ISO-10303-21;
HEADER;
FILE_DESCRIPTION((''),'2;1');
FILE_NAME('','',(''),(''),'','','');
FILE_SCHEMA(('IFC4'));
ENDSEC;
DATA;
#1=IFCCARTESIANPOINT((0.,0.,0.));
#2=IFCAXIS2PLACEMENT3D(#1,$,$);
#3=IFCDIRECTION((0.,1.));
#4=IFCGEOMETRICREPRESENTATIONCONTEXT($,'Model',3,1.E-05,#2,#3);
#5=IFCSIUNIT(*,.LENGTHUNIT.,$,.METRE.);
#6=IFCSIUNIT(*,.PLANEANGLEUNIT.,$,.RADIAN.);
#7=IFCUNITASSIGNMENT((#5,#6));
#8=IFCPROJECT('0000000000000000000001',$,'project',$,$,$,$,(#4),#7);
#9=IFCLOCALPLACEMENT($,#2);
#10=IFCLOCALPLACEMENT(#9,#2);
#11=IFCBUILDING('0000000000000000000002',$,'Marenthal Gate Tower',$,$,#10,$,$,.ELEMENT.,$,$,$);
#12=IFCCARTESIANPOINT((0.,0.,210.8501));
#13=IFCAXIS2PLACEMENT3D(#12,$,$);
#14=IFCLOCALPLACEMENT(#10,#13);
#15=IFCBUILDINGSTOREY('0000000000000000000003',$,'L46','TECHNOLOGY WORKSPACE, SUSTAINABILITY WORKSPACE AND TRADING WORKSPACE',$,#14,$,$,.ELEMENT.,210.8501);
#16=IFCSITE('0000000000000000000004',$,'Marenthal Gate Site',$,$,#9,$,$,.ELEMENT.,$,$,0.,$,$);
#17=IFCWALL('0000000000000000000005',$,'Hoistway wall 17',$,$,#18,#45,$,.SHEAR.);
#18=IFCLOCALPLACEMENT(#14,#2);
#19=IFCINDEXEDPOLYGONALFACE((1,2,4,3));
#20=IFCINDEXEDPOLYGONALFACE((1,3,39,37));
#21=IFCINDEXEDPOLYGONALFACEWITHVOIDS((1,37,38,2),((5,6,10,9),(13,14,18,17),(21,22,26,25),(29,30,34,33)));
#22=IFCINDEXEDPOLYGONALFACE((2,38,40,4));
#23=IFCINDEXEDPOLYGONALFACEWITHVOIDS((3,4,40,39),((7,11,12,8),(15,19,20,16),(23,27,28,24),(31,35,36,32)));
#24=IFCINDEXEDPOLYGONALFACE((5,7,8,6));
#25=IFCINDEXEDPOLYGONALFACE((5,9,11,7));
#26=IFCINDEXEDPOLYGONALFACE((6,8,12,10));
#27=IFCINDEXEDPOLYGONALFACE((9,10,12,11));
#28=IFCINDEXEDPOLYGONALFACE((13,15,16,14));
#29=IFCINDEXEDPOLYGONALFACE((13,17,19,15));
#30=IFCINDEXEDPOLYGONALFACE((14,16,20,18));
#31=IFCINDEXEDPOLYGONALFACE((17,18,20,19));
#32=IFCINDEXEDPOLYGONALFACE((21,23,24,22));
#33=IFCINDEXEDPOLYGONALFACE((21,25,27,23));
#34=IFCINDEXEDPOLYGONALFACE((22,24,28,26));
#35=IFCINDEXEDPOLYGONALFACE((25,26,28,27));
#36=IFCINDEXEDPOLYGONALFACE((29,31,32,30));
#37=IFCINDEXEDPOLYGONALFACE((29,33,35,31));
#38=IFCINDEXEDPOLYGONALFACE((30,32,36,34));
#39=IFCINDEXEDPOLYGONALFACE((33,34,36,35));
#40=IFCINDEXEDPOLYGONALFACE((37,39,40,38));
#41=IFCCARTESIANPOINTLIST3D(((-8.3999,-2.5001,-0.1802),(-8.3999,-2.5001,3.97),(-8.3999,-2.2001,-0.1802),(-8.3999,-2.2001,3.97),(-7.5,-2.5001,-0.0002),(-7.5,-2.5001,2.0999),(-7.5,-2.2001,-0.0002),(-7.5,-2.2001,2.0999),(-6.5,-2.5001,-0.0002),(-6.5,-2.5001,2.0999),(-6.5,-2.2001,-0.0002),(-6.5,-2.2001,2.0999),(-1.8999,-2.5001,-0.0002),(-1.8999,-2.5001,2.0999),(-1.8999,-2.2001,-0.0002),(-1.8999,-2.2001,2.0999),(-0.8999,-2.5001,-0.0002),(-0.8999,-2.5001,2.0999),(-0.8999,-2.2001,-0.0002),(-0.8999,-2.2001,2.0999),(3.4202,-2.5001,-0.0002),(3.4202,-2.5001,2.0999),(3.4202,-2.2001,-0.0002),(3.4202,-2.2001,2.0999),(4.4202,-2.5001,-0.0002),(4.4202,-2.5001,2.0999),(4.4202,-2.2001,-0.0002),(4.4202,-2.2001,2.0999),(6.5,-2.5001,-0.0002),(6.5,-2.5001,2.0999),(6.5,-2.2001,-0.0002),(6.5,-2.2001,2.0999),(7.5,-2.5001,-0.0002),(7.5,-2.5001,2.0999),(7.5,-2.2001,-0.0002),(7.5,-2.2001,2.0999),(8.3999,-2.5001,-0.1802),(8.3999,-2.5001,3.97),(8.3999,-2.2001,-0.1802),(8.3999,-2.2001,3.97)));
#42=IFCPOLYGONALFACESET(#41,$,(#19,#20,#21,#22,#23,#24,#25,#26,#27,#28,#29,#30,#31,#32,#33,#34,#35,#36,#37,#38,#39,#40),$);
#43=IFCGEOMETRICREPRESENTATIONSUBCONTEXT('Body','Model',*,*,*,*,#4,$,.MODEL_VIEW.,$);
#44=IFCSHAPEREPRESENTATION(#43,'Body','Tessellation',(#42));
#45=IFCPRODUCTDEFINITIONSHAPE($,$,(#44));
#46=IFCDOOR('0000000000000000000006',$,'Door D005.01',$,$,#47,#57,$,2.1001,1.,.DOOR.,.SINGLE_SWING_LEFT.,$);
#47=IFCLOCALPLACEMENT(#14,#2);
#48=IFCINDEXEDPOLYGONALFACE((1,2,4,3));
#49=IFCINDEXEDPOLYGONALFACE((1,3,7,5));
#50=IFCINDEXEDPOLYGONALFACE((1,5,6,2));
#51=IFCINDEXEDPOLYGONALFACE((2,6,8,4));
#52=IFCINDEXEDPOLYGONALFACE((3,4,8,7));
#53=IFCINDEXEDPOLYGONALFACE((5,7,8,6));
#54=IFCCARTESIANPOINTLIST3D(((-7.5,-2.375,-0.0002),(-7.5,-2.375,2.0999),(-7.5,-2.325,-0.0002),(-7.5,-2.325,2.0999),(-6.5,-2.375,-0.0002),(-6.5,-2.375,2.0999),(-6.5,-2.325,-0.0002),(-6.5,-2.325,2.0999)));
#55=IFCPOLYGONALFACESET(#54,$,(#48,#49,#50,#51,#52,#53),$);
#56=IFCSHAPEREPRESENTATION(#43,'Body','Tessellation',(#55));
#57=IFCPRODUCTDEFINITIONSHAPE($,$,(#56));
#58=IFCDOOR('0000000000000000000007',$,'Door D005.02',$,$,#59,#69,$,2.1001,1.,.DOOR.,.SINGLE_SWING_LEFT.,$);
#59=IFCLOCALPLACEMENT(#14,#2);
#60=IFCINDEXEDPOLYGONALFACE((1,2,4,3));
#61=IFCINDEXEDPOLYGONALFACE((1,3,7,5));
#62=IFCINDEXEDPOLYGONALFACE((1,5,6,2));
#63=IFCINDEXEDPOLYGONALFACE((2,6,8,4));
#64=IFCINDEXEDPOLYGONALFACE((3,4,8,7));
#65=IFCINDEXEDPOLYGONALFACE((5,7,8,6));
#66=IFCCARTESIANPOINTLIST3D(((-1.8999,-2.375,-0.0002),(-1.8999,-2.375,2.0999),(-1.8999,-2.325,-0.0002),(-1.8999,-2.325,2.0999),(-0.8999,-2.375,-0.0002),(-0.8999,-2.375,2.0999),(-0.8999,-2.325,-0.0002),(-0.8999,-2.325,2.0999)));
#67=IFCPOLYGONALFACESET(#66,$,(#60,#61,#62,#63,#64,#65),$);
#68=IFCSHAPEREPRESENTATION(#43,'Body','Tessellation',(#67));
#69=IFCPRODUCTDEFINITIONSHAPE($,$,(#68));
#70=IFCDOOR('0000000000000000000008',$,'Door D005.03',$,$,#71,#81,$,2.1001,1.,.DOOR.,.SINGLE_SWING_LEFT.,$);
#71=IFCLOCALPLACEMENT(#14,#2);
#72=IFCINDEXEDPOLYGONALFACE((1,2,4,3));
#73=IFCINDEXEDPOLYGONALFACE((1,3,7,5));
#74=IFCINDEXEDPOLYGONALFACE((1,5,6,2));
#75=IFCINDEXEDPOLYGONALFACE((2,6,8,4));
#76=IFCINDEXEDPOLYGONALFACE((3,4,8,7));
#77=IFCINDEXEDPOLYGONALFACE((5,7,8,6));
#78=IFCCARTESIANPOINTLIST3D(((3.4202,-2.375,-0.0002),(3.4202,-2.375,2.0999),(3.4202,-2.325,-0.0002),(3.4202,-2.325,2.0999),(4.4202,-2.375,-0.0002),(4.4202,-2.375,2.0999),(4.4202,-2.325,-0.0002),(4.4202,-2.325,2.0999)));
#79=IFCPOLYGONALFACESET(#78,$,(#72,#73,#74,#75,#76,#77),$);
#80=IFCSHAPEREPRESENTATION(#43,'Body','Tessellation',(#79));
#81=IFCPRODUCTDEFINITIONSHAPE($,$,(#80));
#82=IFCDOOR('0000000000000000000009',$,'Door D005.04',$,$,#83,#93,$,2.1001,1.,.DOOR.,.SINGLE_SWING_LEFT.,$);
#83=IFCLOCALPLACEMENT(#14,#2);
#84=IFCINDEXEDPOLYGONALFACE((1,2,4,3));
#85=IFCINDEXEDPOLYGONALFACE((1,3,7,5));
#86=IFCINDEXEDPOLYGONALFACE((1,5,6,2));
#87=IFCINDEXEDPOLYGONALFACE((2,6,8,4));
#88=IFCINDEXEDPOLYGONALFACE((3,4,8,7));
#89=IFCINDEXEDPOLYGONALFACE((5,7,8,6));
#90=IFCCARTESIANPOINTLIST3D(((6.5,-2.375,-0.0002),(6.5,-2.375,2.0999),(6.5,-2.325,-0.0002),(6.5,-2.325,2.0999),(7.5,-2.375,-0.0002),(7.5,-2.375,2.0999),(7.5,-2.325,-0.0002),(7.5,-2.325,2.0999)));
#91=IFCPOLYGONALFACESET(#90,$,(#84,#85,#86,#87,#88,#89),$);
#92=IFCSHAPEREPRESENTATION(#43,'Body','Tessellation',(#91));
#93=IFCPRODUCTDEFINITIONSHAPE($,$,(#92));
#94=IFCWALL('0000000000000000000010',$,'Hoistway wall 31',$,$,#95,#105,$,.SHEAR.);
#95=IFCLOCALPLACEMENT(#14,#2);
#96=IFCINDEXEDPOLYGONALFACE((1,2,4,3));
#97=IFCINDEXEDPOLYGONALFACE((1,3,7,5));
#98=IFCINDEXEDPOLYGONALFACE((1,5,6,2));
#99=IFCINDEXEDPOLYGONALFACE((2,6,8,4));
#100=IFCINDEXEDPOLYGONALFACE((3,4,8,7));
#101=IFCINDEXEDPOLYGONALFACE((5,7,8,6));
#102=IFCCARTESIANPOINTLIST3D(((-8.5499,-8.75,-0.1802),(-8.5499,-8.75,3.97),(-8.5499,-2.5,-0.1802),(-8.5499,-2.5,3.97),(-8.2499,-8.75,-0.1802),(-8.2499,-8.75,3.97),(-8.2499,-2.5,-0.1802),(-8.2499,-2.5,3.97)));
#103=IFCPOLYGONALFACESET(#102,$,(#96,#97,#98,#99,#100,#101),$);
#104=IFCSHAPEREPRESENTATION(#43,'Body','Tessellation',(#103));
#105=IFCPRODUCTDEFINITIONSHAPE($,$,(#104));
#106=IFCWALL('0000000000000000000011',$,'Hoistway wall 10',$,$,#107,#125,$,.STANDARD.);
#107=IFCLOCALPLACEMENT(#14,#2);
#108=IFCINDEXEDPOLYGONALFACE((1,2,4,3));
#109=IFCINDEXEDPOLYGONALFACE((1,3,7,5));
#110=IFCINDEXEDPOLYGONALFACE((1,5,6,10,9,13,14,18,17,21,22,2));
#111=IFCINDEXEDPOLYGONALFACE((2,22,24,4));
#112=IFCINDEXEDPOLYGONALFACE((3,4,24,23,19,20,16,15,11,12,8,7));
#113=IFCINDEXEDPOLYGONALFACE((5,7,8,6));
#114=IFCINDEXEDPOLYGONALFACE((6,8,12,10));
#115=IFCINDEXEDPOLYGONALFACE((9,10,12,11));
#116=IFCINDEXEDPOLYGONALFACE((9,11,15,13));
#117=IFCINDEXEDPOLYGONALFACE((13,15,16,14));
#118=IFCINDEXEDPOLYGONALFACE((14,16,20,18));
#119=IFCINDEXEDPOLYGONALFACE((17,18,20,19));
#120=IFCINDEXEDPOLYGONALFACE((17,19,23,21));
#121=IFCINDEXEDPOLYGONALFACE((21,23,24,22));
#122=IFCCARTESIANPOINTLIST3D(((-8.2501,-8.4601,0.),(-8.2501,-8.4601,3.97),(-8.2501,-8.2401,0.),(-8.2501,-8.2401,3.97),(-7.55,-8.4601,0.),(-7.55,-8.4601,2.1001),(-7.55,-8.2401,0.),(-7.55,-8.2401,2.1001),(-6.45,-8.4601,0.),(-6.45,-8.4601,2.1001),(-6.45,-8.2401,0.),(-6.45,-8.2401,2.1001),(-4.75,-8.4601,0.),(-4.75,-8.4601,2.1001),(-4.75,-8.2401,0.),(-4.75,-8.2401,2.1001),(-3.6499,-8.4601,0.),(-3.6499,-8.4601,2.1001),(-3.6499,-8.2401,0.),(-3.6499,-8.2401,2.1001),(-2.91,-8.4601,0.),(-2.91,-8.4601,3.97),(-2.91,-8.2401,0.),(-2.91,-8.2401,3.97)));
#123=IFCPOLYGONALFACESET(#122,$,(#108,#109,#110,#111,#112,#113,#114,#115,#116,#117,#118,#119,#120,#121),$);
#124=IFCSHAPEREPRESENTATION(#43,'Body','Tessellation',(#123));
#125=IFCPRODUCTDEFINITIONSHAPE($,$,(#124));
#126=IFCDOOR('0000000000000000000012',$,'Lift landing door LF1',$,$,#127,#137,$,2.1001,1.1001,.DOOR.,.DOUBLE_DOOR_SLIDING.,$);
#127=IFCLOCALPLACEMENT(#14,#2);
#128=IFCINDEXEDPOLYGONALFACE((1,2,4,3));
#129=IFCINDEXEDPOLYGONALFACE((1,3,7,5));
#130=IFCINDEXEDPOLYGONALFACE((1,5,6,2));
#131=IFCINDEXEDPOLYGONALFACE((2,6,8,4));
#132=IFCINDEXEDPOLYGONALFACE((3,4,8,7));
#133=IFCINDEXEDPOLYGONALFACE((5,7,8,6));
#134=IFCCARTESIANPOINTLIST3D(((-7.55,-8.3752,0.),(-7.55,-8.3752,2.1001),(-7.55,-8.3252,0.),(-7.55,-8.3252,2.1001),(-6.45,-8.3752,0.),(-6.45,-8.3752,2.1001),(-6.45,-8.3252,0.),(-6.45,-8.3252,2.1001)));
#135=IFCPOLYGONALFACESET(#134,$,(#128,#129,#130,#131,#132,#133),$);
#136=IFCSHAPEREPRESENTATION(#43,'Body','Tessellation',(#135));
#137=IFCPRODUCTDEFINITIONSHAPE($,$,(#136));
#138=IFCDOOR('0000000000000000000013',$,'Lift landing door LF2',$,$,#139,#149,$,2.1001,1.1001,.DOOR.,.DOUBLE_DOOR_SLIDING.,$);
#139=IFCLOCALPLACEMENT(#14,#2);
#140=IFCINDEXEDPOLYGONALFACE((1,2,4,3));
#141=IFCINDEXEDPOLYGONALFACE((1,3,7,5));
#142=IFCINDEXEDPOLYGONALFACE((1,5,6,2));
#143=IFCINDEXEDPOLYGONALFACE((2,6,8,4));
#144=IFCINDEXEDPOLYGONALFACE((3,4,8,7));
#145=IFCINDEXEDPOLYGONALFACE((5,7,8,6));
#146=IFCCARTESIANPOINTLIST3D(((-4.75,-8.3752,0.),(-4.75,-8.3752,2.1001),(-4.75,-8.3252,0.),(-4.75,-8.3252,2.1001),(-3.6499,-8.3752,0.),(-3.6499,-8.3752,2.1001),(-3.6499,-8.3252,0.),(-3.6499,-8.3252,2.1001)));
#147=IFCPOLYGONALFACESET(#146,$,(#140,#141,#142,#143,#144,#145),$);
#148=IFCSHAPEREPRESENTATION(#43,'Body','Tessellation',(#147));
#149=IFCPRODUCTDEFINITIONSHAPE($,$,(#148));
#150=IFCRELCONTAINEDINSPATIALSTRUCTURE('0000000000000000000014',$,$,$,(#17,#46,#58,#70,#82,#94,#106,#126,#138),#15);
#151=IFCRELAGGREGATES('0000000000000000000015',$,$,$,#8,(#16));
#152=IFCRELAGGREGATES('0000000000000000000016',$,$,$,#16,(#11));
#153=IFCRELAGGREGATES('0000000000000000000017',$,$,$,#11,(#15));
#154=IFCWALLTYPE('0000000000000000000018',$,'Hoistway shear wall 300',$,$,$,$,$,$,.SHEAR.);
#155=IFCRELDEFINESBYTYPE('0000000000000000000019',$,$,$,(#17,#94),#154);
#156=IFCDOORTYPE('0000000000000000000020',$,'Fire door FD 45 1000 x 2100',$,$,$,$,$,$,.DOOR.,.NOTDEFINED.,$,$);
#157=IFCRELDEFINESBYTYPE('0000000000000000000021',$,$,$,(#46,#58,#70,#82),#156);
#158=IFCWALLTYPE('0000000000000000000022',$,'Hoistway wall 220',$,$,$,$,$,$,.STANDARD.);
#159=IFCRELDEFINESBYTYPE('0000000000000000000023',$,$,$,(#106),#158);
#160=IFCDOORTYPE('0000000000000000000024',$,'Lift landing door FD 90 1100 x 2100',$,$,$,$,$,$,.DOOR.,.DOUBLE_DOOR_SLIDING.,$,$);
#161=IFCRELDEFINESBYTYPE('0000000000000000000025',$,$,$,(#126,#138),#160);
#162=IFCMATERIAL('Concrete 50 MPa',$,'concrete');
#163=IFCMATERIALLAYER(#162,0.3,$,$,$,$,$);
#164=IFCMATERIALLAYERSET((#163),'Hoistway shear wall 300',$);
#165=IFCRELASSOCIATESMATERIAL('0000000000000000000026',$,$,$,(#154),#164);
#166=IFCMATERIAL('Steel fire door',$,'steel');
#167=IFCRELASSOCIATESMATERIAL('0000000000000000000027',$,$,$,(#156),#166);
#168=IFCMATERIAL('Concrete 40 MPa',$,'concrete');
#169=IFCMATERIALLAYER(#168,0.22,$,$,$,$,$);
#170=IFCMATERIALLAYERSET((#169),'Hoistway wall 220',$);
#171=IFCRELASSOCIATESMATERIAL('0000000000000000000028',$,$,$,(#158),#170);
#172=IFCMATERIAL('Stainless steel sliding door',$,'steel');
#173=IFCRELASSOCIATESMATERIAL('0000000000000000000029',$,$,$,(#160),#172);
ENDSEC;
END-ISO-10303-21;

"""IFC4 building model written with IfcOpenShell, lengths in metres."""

from ifc_helpers import new_model, si_unit, direction, frame, frame_2d, origin, place, context, subcontext, project, spatial, rectangle, extrude, material, layer, layer_set, type_object, element, fill, save


model = new_model("IFC4")

# Units and contexts
model_context = context("Model", 3, precision=1e-05, world=origin(), true_north=direction((0.0, 1.0)))
body_context = subcontext(model_context, "Body", "Model", "MODEL_VIEW")
ifc_project = project(units=[si_unit("LENGTHUNIT", "METRE"), si_unit("PLANEANGLEUNIT", "RADIAN")], contexts=[model_context])

# Site, building, storey
site_placement = place(None, origin())
site = spatial("IfcSite", under=ifc_project, at=site_placement, Name="Marenthal Gate Site", CompositionType="ELEMENT", RefElevation=0.0)
building_placement = place(site_placement, origin())
building = spatial("IfcBuilding", under=site, at=building_placement, Name="Marenthal Gate Tower", CompositionType="ELEMENT")
storey_placement = place(building_placement, frame((0.0, 0.0, 210.8501)))
storey = spatial("IfcBuildingStorey", under=building, at=storey_placement, Name="L46", Description="TECHNOLOGY WORKSPACE, SUSTAINABILITY WORKSPACE AND TRADING WORKSPACE", CompositionType="ELEMENT", Elevation=210.8501)

# Wall, openings, doors
ifc_material_1 = material(Name="Concrete 50 MPa", Category="concrete")
ifc_layer_1 = layer(ifc_material_1, 0.3)
ifc_layer_set_1 = layer_set([ifc_layer_1], Name="Hoistway shear wall 300")
wall_type_1 = type_object("IfcWallType", Name="Hoistway shear wall 300", PredefinedType="SHEAR", material=ifc_layer_set_1)
wall_1_placement = place(storey_placement, frame((-8.3999, -2.3501, -0.1802), z_axis=(0.0, 0.0, 1.0), x_axis=(1.0, 0.0, 0.0)))
wall_1 = element("IfcWall", 1, at=wall_1_placement, inside=storey, type_object=wall_type_1, Name="Hoistway wall 17", PredefinedType="SHEAR", context=body_context, shape_type="SweptSolid", body=[
    extrude(rectangle(XDim=16.7998, YDim=0.3, at=frame_2d((8.3999, 0.0))), origin(), (0.0, 0.0, 1.0), 4.1501),
])
opening_1_placement = place(wall_1_placement, frame((0.8999, 0.0, 0.1799)))
opening_1 = element("IfcOpeningElement", 2, at=opening_1_placement, cuts=wall_1, PredefinedType="OPENING", context=body_context, shape_type="SweptSolid", body=[
    extrude(rectangle(XDim=1.0, YDim=2.1001, at=frame_2d((0.5, 1.05))), frame((0.0, 0.1602, 0.0), z_axis=(0.0, -1.0, 0.0), x_axis=(1.0, 0.0, 0.0)), (0.0, 0.0, 1.0), 0.3201),
])
opening_2_placement = place(wall_1_placement, frame((6.5, 0.0, 0.1799)))
opening_2 = element("IfcOpeningElement", 3, at=opening_2_placement, cuts=wall_1, PredefinedType="OPENING", context=body_context, shape_type="SweptSolid", body=[
    extrude(rectangle(XDim=1.0, YDim=2.1001, at=frame_2d((0.5, 1.05))), frame((0.0, 0.1602, 0.0), z_axis=(0.0, -1.0, 0.0), x_axis=(1.0, 0.0, 0.0)), (0.0, 0.0, 1.0), 0.3201),
])
opening_3_placement = place(wall_1_placement, frame((11.8201, 0.0, 0.1799)))
opening_3 = element("IfcOpeningElement", 4, at=opening_3_placement, cuts=wall_1, PredefinedType="OPENING", context=body_context, shape_type="SweptSolid", body=[
    extrude(rectangle(XDim=1.0, YDim=2.1001, at=frame_2d((0.5, 1.05))), frame((0.0, 0.1602, 0.0), z_axis=(0.0, -1.0, 0.0), x_axis=(1.0, 0.0, 0.0)), (0.0, 0.0, 1.0), 0.3201),
])
opening_4_placement = place(wall_1_placement, frame((14.8999, 0.0, 0.1799)))
opening_4 = element("IfcOpeningElement", 5, at=opening_4_placement, cuts=wall_1, PredefinedType="OPENING", context=body_context, shape_type="SweptSolid", body=[
    extrude(rectangle(XDim=1.0, YDim=2.1001, at=frame_2d((0.5, 1.05))), frame((0.0, 0.1602, 0.0), z_axis=(0.0, -1.0, 0.0), x_axis=(1.0, 0.0, 0.0)), (0.0, 0.0, 1.0), 0.3201),
])
ifc_material_2 = material(Name="Steel fire door", Category="steel")
door_type_1 = type_object("IfcDoorType", Name="Fire door FD 45 1000 x 2100", OperationType="NOTDEFINED", PredefinedType="DOOR", material=ifc_material_2)
door_1_placement = place(opening_1_placement, frame((1.0, 0.0, 0.0), z_axis=(0.0, 0.0, 1.0), x_axis=(-1.0, 0.0, 0.0)))
door_1 = element("IfcDoor", 6, at=door_1_placement, inside=storey, type_object=door_type_1, Name="Door D005.01", OperationType="SINGLE_SWING_LEFT", OverallHeight=2.1001, OverallWidth=1.0, PredefinedType="DOOR", context=body_context, shape_type="SweptSolid", body=[
    extrude(rectangle(XDim=1.0, YDim=2.1001, at=frame_2d((0.5, 1.05))), frame((0.0, 0.0249, 0.0), z_axis=(0.0, -1.0, 0.0), x_axis=(1.0, 0.0, 0.0)), (0.0, 0.0, 1.0), 0.05),
])
fill(opening_1, door_1)
door_2_placement = place(opening_2_placement, frame((1.0, 0.0, 0.0), z_axis=(0.0, 0.0, 1.0), x_axis=(-1.0, 0.0, 0.0)))
door_2 = element("IfcDoor", 7, at=door_2_placement, inside=storey, type_object=door_type_1, Name="Door D005.02", OperationType="SINGLE_SWING_LEFT", OverallHeight=2.1001, OverallWidth=1.0, PredefinedType="DOOR", context=body_context, shape_type="SweptSolid", body=[
    extrude(rectangle(XDim=1.0, YDim=2.1001, at=frame_2d((0.5, 1.05))), frame((0.0, 0.0249, 0.0), z_axis=(0.0, -1.0, 0.0), x_axis=(1.0, 0.0, 0.0)), (0.0, 0.0, 1.0), 0.05),
])
fill(opening_2, door_2)
door_3_placement = place(opening_3_placement, frame((1.0, 0.0, 0.0), z_axis=(0.0, 0.0, 1.0), x_axis=(-1.0, 0.0, 0.0)))
door_3 = element("IfcDoor", 8, at=door_3_placement, inside=storey, type_object=door_type_1, Name="Door D005.03", OperationType="SINGLE_SWING_LEFT", OverallHeight=2.1001, OverallWidth=1.0, PredefinedType="DOOR", context=body_context, shape_type="SweptSolid", body=[
    extrude(rectangle(XDim=1.0, YDim=2.1001, at=frame_2d((0.5, 1.05))), frame((0.0, 0.0249, 0.0), z_axis=(0.0, -1.0, 0.0), x_axis=(1.0, 0.0, 0.0)), (0.0, 0.0, 1.0), 0.05),
])
fill(opening_3, door_3)
door_4_placement = place(opening_4_placement, frame((1.0, 0.0, 0.0), z_axis=(0.0, 0.0, 1.0), x_axis=(-1.0, 0.0, 0.0)))
door_4 = element("IfcDoor", 9, at=door_4_placement, inside=storey, type_object=door_type_1, Name="Door D005.04", OperationType="SINGLE_SWING_LEFT", OverallHeight=2.1001, OverallWidth=1.0, PredefinedType="DOOR", context=body_context, shape_type="SweptSolid", body=[
    extrude(rectangle(XDim=1.0, YDim=2.1001, at=frame_2d((0.5, 1.05))), frame((0.0, 0.0249, 0.0), z_axis=(0.0, -1.0, 0.0), x_axis=(1.0, 0.0, 0.0)), (0.0, 0.0, 1.0), 0.05),
])
fill(opening_4, door_4)

# Wall
wall_2_placement = place(storey_placement, frame((-8.3999, -8.75, -0.1802), z_axis=(0.0, 0.0, 1.0), x_axis=(0.0, 1.0, 0.0)))
element("IfcWall", 10, at=wall_2_placement, inside=storey, type_object=wall_type_1, Name="Hoistway wall 31", PredefinedType="SHEAR", context=body_context, shape_type="SweptSolid", body=[
    extrude(rectangle(XDim=6.25, YDim=0.3, at=frame_2d((3.125, 0.0))), origin(), (0.0, 0.0, 1.0), 4.1501),
])

# Wall, openings, doors
ifc_material_3 = material(Name="Concrete 40 MPa", Category="concrete")
ifc_layer_2 = layer(ifc_material_3, 0.22)
ifc_layer_set_2 = layer_set([ifc_layer_2], Name="Hoistway wall 220")
wall_type_2 = type_object("IfcWallType", Name="Hoistway wall 220", PredefinedType="STANDARD", material=ifc_layer_set_2)
wall_3_placement = place(storey_placement, frame((-8.25, -8.3501, 0.0), z_axis=(0.0, 0.0, 1.0), x_axis=(1.0, 0.0, 0.0)))
wall_3 = element("IfcWall", 11, at=wall_3_placement, inside=storey, type_object=wall_type_2, Name="Hoistway wall 10", PredefinedType="STANDARD", context=body_context, shape_type="SweptSolid", body=[
    extrude(rectangle(XDim=5.3401, YDim=0.22, at=frame_2d((2.6699, 0.0))), origin(), (0.0, 0.0, 1.0), 3.97),
])
opening_5_placement = place(wall_3_placement, frame((0.7, 0.0, 0.0)))
opening_5 = element("IfcOpeningElement", 12, at=opening_5_placement, cuts=wall_3, PredefinedType="OPENING", context=body_context, shape_type="SweptSolid", body=[
    extrude(rectangle(XDim=1.1001, YDim=2.1001, at=frame_2d((0.55, 1.05))), frame((0.0, 0.1201, 0.0), z_axis=(0.0, -1.0, 0.0), x_axis=(1.0, 0.0, 0.0)), (0.0, 0.0, 1.0), 0.24),
])
opening_6_placement = place(wall_3_placement, frame((3.5, 0.0, 0.0)))
opening_6 = element("IfcOpeningElement", 13, at=opening_6_placement, cuts=wall_3, PredefinedType="OPENING", context=body_context, shape_type="SweptSolid", body=[
    extrude(rectangle(XDim=1.1001, YDim=2.1001, at=frame_2d((0.55, 1.05))), frame((0.0, 0.1201, 0.0), z_axis=(0.0, -1.0, 0.0), x_axis=(1.0, 0.0, 0.0)), (0.0, 0.0, 1.0), 0.24),
])
ifc_material_4 = material(Name="Stainless steel sliding door", Category="steel")
door_type_2 = type_object("IfcDoorType", Name="Lift landing door FD 90 1100 x 2100", OperationType="DOUBLE_DOOR_SLIDING", PredefinedType="DOOR", material=ifc_material_4)
door_5_placement = place(opening_5_placement, origin())
door_5 = element("IfcDoor", 14, at=door_5_placement, inside=storey, type_object=door_type_2, Name="Lift landing door LF1", OperationType="DOUBLE_DOOR_SLIDING", OverallHeight=2.1001, OverallWidth=1.1001, PredefinedType="DOOR", context=body_context, shape_type="SweptSolid", body=[
    extrude(rectangle(XDim=1.1001, YDim=2.1001, at=frame_2d((0.55, 1.05))), frame((0.0, 0.0249, 0.0), z_axis=(0.0, -1.0, 0.0), x_axis=(1.0, 0.0, 0.0)), (0.0, 0.0, 1.0), 0.05),
])
fill(opening_5, door_5)
door_6_placement = place(opening_6_placement, origin())
door_6 = element("IfcDoor", 15, at=door_6_placement, inside=storey, type_object=door_type_2, Name="Lift landing door LF2", OperationType="DOUBLE_DOOR_SLIDING", OverallHeight=2.1001, OverallWidth=1.1001, PredefinedType="DOOR", context=body_context, shape_type="SweptSolid", body=[
    extrude(rectangle(XDim=1.1001, YDim=2.1001, at=frame_2d((0.55, 1.05))), frame((0.0, 0.0249, 0.0), z_axis=(0.0, -1.0, 0.0), x_axis=(1.0, 0.0, 0.0)), (0.0, 0.0, 1.0), 0.05),
])
fill(opening_6, door_6)

save(model, "model.ifc")
